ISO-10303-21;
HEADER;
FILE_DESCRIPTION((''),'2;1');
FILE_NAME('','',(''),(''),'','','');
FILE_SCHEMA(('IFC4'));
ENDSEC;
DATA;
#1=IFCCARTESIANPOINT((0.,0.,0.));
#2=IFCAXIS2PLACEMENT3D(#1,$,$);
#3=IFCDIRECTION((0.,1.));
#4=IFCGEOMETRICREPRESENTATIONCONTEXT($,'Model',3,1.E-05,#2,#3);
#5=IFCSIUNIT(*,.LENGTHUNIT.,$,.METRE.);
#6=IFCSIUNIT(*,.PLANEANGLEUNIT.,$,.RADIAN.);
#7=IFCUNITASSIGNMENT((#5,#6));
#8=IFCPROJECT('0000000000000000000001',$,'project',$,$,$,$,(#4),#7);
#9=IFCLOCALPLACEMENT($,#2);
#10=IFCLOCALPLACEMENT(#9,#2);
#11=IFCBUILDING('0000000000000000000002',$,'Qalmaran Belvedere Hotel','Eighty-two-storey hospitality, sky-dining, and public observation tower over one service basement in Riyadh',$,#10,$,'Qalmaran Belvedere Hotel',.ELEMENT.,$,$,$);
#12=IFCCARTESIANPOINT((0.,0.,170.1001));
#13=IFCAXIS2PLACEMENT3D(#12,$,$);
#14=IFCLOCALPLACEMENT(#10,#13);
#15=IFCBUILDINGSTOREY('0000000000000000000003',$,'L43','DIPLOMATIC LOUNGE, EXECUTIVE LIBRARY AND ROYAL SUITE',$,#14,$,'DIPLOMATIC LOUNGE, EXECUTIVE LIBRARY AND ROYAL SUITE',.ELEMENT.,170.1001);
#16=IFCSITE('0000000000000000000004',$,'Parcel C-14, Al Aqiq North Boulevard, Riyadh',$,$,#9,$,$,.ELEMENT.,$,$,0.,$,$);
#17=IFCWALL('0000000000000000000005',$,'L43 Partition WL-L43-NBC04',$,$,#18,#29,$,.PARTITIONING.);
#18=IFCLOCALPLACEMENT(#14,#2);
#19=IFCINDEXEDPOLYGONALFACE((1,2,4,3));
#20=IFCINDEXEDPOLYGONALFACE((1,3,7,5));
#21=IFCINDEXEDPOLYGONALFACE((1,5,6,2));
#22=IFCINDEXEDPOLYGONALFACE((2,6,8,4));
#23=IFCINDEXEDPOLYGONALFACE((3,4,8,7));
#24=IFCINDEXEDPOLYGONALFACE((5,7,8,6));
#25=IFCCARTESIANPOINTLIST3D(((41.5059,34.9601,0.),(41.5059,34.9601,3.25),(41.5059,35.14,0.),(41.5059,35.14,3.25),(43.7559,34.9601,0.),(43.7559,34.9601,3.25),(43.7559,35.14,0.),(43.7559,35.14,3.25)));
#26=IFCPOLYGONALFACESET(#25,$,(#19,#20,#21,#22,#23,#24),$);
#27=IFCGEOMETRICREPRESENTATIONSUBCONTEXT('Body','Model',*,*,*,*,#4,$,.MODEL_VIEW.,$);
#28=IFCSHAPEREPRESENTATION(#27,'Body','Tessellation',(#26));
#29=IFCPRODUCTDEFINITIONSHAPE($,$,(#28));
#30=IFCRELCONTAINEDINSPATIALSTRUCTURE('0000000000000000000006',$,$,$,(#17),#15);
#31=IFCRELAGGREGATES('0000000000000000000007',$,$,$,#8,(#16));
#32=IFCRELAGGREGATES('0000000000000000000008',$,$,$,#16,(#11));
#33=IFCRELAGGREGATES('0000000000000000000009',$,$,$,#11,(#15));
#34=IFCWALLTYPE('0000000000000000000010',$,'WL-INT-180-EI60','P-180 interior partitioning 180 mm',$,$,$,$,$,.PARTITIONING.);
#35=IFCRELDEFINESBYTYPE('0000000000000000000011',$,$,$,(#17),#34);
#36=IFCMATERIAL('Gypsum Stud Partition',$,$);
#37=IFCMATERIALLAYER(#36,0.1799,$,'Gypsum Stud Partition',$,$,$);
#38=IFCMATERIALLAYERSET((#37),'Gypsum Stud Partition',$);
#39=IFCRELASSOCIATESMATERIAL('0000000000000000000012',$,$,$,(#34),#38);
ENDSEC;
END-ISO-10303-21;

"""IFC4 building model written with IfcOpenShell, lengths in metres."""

from ifc_helpers import new_model, si_unit, direction, frame, frame_2d, origin, place, context, subcontext, project, spatial, rectangle, extrude, material, layer, layer_set, type_object, element, save


model = new_model("IFC4")

# Units and contexts
model_context = context("Model", 3, precision=1e-05, world=origin(), true_north=direction((0.0, 1.0)))
body_context = subcontext(model_context, "Body", "Model", "MODEL_VIEW")
ifc_project = project(units=[si_unit("LENGTHUNIT", "METRE"), si_unit("PLANEANGLEUNIT", "RADIAN")], contexts=[model_context])

# Site, building, storey
site_placement = place(None, origin())
site = spatial("IfcSite", under=ifc_project, at=site_placement, Name="Parcel C-14, Al Aqiq North Boulevard, Riyadh", CompositionType="ELEMENT", RefElevation=0.0)
building_placement = place(site_placement, origin())
building = spatial("IfcBuilding", under=site, at=building_placement, Name="Qalmaran Belvedere Hotel", Description="Eighty-two-storey hospitality, sky-dining, and public observation tower over one service basement in Riyadh", LongName="Qalmaran Belvedere Hotel", CompositionType="ELEMENT")
storey_placement = place(building_placement, frame((0.0, 0.0, 170.1001)))
storey = spatial("IfcBuildingStorey", under=building, at=storey_placement, Name="L43", Description="DIPLOMATIC LOUNGE, EXECUTIVE LIBRARY AND ROYAL SUITE", LongName="DIPLOMATIC LOUNGE, EXECUTIVE LIBRARY AND ROYAL SUITE", CompositionType="ELEMENT", Elevation=170.1001)

# Wall
ifc_material_1 = material(Name="Gypsum Stud Partition")
ifc_layer_1 = layer(ifc_material_1, 0.1799, Name="Gypsum Stud Partition")
ifc_layer_set_1 = layer_set([ifc_layer_1], Name="Gypsum Stud Partition")
wall_type_1 = type_object("IfcWallType", Name="WL-INT-180-EI60", Description="P-180 interior partitioning 180 mm", PredefinedType="PARTITIONING", material=ifc_layer_set_1)
wall_1_placement = place(storey_placement, frame((41.5059, 35.05, 0.0), z_axis=(0.0, 0.0, 1.0), x_axis=(1.0, 0.0, 0.0)))
element("IfcWall", 1, at=wall_1_placement, inside=storey, type_object=wall_type_1, Name="L43 Partition WL-L43-NBC04", PredefinedType="PARTITIONING", context=body_context, shape_type="SweptSolid", body=[
    extrude(rectangle(XDim=2.25, YDim=0.1799, at=frame_2d((1.125, 0.0))), origin(), (0.0, 0.0, 1.0), 3.25),
])

save(model, "model.ifc")
